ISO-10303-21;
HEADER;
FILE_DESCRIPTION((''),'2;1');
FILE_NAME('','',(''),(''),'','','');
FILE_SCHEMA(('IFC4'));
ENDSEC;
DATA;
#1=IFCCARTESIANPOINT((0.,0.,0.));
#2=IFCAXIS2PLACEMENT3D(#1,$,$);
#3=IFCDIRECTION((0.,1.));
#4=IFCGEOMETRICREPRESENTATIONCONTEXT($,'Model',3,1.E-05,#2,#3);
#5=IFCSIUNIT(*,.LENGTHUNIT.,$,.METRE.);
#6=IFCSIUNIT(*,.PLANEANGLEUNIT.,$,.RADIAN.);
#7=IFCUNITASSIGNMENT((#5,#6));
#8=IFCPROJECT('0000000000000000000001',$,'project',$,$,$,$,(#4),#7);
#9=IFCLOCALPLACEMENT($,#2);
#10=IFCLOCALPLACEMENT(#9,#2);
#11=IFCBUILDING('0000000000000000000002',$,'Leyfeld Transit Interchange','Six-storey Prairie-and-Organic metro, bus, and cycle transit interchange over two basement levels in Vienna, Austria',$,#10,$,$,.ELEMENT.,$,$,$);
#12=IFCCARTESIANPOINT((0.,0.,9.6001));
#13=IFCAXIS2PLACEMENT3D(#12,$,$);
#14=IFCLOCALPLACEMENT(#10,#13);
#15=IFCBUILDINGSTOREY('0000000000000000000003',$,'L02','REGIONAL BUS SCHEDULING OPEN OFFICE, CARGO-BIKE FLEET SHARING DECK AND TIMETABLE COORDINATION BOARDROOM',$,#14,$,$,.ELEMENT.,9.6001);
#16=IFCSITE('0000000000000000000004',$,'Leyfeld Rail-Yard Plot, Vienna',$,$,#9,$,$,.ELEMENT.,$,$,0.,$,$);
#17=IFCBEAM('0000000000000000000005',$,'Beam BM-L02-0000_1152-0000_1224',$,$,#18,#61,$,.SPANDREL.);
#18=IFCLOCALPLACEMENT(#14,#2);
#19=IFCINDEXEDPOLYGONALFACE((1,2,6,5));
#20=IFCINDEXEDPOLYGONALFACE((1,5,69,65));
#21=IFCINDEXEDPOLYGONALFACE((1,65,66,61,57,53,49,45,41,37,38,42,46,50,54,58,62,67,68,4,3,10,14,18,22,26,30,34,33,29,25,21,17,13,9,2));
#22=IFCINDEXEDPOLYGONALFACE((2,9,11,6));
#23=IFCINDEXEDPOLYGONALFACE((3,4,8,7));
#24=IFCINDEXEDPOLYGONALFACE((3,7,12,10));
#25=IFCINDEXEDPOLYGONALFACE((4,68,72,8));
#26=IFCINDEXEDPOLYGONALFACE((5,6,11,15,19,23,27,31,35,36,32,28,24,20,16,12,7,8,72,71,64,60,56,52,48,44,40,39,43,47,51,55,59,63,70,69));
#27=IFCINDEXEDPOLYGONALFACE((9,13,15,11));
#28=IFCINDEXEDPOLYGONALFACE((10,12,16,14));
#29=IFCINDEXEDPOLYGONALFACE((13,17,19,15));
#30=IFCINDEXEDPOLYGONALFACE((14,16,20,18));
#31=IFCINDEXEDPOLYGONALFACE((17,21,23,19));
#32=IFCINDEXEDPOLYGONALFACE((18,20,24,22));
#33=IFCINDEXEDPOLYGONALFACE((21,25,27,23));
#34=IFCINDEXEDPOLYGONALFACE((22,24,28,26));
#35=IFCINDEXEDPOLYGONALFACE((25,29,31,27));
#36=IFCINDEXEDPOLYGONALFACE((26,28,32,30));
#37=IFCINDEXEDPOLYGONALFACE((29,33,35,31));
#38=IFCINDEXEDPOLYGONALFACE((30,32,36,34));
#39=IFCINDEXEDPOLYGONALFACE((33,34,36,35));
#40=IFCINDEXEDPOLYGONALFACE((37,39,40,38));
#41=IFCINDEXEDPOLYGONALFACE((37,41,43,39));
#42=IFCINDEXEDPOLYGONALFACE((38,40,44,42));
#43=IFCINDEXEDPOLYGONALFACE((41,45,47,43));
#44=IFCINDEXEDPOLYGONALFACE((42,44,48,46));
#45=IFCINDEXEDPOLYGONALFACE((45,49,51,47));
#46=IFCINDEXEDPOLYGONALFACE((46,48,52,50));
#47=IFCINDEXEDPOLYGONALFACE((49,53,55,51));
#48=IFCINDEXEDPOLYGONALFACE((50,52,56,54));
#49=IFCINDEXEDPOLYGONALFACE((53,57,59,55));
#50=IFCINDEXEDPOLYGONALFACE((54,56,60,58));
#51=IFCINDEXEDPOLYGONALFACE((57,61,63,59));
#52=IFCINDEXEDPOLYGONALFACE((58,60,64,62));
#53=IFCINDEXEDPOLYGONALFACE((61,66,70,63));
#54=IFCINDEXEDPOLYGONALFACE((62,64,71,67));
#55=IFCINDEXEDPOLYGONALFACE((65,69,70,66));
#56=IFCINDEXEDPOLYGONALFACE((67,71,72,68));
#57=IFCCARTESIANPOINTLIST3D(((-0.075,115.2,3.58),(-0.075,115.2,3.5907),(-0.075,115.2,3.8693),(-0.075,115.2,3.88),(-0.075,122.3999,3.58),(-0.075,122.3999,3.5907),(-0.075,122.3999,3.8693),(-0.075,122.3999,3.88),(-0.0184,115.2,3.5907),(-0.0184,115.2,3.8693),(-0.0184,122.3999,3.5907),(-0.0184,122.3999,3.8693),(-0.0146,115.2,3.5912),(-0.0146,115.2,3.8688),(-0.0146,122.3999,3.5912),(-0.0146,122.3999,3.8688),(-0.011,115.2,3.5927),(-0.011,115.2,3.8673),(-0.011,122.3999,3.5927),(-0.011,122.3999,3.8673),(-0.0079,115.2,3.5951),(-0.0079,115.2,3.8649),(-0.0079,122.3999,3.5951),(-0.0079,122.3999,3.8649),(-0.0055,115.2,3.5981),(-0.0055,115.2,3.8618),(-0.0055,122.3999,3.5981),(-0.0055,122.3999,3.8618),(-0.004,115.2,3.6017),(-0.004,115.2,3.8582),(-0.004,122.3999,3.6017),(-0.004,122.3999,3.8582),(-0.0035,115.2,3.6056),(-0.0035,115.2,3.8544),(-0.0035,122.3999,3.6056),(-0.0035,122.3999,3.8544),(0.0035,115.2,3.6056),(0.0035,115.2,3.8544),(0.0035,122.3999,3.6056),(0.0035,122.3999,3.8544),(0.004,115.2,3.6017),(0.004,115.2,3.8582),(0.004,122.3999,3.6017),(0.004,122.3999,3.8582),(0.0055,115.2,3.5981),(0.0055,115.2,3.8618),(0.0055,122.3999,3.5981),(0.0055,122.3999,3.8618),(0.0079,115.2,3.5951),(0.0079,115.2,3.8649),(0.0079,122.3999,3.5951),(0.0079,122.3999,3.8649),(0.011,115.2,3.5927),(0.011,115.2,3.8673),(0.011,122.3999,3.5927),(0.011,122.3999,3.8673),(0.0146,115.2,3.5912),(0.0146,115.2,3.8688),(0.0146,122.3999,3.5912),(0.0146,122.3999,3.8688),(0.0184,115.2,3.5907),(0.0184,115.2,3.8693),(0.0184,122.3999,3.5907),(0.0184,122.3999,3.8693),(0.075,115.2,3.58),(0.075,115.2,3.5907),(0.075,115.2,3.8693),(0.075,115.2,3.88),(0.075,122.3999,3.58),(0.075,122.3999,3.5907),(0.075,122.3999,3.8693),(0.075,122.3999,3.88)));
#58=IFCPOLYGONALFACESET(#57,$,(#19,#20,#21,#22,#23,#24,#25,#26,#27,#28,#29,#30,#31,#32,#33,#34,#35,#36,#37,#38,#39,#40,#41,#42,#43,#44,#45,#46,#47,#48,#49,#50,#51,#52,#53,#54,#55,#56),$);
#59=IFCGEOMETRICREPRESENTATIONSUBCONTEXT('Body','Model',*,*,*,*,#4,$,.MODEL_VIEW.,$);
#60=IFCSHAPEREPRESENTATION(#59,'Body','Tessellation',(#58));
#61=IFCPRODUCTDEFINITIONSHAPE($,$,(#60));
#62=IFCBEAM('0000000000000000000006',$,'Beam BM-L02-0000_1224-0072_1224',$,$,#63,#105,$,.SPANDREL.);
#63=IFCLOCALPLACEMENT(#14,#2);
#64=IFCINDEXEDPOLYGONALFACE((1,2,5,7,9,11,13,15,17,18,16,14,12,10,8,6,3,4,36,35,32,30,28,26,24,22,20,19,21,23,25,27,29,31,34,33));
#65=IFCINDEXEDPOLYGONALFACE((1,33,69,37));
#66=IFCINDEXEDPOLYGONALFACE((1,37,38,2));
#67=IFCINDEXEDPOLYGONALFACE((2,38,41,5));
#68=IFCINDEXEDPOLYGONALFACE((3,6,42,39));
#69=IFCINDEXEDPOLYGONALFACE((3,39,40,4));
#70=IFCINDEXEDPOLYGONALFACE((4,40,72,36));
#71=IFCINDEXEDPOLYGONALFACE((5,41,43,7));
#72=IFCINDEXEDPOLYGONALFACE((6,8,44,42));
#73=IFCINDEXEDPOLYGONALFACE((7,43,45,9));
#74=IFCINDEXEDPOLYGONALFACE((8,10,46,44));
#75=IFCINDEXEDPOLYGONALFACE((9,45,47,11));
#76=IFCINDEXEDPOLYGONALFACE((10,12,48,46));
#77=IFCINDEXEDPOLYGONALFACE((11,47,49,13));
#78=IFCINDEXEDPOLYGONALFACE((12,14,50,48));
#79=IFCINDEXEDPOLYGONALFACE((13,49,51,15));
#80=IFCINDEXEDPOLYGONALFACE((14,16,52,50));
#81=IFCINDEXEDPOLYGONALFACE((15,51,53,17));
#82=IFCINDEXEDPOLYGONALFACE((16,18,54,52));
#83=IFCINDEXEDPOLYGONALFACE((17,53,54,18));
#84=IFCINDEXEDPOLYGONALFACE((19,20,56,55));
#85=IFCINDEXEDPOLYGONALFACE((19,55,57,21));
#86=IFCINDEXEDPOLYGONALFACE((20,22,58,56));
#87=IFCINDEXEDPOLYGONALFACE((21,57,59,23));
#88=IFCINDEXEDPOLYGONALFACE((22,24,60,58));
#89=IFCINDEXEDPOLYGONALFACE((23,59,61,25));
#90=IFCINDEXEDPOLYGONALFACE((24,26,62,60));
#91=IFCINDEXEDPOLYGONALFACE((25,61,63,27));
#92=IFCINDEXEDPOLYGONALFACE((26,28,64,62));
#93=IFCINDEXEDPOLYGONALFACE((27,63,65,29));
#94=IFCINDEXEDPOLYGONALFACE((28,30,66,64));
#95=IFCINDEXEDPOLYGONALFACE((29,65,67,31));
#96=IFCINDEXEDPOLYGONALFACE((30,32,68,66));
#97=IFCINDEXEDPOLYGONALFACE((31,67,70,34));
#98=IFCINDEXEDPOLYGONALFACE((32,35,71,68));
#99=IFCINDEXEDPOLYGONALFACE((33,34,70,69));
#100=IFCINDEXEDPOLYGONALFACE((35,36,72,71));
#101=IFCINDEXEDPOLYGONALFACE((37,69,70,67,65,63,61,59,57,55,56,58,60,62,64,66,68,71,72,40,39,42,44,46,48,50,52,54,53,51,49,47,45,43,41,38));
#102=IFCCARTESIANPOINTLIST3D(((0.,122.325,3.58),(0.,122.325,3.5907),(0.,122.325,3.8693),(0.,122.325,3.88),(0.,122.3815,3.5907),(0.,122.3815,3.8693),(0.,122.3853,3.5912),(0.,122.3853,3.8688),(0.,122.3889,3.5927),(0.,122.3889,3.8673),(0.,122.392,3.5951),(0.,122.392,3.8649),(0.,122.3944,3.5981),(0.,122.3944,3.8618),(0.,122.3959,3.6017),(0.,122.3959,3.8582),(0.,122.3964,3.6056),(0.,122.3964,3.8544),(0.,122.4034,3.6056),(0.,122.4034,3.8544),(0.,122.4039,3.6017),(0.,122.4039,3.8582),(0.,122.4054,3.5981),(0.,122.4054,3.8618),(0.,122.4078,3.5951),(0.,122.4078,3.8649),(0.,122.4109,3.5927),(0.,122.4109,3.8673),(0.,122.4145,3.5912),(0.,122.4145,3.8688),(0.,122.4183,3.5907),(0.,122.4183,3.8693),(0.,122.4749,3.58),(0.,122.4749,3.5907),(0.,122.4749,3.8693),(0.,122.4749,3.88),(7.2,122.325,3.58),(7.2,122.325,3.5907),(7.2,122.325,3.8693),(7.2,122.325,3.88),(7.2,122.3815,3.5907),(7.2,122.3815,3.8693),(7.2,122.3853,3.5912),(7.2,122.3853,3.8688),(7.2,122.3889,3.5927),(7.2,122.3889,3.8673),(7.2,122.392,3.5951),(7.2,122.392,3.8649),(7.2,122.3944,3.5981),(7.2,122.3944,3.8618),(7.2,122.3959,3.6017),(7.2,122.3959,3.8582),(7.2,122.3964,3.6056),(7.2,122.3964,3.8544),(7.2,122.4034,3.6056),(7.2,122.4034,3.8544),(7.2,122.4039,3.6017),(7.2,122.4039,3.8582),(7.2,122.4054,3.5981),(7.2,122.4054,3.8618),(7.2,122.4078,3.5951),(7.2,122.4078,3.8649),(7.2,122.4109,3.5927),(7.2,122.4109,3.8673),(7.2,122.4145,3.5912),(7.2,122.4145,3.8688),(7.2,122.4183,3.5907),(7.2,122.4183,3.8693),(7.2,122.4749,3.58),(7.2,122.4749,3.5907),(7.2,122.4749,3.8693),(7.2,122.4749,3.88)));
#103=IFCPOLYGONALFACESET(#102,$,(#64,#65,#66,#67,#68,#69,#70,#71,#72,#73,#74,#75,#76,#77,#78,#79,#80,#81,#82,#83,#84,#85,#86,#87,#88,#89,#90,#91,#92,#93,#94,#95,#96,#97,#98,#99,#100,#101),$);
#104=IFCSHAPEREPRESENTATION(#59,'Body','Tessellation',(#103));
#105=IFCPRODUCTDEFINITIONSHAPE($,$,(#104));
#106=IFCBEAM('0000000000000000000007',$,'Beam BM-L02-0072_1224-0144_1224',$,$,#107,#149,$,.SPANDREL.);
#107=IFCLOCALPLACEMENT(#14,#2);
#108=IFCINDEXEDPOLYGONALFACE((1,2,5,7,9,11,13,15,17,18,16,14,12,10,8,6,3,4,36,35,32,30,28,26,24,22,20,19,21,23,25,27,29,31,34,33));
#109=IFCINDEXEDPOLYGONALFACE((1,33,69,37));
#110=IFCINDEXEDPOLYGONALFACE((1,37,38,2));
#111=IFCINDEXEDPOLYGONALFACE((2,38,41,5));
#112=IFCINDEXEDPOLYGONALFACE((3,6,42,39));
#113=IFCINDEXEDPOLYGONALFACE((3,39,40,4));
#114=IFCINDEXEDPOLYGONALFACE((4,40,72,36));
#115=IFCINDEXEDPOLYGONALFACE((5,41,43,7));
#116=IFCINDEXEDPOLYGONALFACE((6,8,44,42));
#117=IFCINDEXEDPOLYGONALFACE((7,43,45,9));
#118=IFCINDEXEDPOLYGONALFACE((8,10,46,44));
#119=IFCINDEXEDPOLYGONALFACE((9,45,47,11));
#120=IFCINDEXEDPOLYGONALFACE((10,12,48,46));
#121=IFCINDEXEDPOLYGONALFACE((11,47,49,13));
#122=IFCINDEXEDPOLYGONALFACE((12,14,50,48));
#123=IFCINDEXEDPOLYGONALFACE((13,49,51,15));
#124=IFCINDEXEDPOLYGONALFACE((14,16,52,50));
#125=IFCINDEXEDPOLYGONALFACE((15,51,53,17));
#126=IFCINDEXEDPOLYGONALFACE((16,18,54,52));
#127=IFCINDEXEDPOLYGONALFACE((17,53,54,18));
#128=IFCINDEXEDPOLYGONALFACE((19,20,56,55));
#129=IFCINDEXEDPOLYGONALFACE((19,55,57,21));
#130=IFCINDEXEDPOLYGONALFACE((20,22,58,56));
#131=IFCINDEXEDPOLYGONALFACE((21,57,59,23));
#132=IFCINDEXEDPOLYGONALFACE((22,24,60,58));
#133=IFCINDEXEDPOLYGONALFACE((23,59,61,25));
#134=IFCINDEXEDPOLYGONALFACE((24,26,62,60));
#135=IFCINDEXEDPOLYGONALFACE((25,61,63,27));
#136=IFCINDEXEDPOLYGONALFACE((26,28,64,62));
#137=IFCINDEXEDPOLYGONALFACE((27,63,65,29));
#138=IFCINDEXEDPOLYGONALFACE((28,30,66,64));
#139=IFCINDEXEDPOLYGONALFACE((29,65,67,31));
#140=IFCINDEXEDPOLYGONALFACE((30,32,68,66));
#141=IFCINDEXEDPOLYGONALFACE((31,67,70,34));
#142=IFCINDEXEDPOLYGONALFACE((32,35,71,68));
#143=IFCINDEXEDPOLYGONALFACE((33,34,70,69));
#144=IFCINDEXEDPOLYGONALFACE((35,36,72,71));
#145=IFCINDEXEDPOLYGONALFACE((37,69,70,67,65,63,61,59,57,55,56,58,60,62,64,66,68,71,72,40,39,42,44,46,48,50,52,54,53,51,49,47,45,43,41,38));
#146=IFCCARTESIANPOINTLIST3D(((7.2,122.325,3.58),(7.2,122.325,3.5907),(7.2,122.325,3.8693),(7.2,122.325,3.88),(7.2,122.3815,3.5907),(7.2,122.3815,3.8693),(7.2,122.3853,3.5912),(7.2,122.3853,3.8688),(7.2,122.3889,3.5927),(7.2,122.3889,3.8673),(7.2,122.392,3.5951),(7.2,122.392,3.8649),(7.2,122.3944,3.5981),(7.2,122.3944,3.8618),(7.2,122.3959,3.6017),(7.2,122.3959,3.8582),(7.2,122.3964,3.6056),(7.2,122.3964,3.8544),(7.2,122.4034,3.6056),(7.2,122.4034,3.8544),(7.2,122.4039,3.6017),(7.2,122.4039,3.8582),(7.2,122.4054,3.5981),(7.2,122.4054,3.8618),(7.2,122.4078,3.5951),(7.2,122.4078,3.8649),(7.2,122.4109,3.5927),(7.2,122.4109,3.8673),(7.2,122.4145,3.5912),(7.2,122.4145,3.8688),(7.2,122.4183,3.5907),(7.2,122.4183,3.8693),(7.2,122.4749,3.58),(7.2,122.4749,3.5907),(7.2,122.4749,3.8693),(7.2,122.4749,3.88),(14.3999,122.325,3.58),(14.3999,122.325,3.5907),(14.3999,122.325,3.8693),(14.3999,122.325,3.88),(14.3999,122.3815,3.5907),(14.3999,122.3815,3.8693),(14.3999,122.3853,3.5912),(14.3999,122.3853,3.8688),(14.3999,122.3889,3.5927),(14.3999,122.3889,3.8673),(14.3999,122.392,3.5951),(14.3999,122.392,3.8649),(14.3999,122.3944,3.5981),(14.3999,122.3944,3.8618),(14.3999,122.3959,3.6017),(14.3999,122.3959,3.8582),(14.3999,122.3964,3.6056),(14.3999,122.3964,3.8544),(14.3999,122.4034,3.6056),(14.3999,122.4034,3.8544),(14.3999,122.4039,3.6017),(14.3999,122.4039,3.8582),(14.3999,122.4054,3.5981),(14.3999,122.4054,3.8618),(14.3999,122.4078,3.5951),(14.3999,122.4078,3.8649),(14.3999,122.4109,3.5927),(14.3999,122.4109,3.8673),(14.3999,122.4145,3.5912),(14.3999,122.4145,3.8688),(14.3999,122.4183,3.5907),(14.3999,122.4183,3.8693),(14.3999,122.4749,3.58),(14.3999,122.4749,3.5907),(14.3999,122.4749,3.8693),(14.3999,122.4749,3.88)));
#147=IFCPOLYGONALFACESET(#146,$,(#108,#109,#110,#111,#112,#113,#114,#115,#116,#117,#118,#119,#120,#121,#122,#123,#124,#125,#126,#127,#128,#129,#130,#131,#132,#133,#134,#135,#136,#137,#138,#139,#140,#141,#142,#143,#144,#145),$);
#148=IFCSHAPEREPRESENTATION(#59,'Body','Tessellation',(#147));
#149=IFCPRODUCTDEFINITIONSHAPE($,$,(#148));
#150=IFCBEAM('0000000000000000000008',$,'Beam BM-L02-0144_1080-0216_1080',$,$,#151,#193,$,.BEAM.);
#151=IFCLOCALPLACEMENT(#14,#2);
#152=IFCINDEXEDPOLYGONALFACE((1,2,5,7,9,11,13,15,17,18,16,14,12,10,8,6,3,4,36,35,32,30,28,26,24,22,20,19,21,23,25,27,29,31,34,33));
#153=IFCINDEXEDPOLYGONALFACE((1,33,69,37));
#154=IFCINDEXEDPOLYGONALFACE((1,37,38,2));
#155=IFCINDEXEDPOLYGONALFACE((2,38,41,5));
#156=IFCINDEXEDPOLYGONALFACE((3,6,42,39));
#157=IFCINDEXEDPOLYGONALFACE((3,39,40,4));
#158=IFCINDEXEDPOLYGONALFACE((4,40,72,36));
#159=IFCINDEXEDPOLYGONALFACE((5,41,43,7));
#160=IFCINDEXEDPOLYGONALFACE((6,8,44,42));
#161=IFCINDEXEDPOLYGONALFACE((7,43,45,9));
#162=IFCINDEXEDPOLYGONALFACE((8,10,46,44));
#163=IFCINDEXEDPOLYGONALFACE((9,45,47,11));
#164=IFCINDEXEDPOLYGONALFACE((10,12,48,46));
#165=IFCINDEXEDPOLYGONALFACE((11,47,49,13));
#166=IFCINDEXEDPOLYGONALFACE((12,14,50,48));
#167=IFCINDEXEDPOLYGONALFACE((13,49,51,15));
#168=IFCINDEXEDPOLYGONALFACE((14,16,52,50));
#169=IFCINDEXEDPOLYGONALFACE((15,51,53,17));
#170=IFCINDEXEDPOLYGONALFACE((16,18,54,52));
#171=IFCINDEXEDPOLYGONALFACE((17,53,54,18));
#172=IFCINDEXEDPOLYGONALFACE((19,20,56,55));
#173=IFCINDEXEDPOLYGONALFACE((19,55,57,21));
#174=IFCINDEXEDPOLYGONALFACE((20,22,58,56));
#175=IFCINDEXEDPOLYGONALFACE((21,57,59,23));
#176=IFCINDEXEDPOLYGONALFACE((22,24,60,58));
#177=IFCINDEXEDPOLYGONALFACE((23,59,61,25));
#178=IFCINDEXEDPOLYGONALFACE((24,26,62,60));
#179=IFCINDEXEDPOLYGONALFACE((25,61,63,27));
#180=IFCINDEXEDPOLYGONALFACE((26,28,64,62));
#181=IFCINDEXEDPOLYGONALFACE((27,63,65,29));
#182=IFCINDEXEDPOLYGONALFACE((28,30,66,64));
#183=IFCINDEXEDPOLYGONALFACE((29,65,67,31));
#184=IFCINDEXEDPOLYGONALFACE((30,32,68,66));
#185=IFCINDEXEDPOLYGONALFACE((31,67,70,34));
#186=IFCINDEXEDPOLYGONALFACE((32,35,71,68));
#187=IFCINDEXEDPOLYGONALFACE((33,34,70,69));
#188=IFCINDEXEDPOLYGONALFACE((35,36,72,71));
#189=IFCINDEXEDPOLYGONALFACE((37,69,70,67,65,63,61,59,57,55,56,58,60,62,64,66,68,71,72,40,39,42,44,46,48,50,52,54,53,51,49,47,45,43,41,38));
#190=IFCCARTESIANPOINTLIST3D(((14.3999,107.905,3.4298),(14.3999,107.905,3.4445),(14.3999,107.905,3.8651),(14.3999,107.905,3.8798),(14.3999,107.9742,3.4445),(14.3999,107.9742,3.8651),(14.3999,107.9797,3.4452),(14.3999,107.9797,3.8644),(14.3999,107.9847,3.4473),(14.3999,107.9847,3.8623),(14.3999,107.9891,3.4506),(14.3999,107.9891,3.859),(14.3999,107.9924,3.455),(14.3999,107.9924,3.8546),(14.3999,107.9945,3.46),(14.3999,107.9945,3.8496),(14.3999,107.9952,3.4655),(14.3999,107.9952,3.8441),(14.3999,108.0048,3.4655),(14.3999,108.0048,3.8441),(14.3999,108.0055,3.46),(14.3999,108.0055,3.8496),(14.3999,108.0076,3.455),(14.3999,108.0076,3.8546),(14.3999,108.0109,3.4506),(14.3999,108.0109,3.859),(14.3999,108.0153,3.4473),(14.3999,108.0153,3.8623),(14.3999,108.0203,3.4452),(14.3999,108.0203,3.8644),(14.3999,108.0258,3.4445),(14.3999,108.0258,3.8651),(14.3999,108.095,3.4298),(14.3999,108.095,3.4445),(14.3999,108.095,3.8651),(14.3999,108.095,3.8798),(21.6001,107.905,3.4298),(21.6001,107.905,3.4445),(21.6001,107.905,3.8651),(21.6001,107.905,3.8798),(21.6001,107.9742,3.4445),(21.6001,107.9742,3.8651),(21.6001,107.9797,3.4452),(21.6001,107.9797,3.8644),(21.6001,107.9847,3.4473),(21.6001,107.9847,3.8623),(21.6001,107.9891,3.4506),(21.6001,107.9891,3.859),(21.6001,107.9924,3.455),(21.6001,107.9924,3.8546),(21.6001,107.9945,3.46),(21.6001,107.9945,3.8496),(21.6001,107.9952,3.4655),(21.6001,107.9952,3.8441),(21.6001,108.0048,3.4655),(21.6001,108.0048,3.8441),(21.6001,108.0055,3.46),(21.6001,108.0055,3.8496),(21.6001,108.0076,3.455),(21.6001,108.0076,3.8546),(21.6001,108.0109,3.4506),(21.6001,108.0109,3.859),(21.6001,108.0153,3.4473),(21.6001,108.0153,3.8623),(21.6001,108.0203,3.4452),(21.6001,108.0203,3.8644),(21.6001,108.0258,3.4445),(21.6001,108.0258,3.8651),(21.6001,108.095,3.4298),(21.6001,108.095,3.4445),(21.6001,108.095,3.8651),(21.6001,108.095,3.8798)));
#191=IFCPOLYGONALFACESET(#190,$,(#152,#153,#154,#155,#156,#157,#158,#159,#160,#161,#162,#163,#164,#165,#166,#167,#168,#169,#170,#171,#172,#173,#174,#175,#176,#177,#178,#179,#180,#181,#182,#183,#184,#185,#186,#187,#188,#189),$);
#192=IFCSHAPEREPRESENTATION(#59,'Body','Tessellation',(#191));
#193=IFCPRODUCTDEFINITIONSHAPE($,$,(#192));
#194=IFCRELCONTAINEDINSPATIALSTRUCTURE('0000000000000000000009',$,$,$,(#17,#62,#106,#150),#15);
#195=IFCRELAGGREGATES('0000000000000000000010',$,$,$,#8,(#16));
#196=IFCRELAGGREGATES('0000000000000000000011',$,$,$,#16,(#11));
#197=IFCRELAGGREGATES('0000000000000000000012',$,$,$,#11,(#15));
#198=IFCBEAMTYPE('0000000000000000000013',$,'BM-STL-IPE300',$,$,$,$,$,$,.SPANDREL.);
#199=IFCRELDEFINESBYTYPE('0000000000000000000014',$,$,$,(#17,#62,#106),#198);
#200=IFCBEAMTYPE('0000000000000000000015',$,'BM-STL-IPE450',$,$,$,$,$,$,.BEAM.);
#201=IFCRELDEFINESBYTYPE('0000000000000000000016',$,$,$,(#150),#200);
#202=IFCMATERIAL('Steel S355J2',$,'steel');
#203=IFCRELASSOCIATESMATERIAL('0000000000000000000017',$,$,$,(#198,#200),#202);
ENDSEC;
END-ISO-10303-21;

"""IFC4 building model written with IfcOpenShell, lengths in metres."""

from ifc_helpers import new_model, si_unit, direction, frame, origin, origin_2d, place, context, subcontext, project, spatial, i_section, extrude, material, material_profile, profile_set, type_object, element, save


model = new_model("IFC4")

# Units and contexts
model_context = context("Model", 3, precision=1e-05, world=origin(), true_north=direction((0.0, 1.0)))
body_context = subcontext(model_context, "Body", "Model", "MODEL_VIEW")
ifc_project = project(units=[si_unit("LENGTHUNIT", "METRE"), si_unit("PLANEANGLEUNIT", "RADIAN")], contexts=[model_context])

# Site, building, storey
site_placement = place(None, origin())
site = spatial("IfcSite", under=ifc_project, at=site_placement, Name="Leyfeld Rail-Yard Plot, Vienna", CompositionType="ELEMENT", RefElevation=0.0)
building_placement = place(site_placement, origin())
building = spatial("IfcBuilding", under=site, at=building_placement, Name="Leyfeld Transit Interchange", Description="Six-storey Prairie-and-Organic metro, bus, and cycle transit interchange over two basement levels in Vienna, Austria", CompositionType="ELEMENT")
storey_placement = place(building_placement, frame((0.0, 0.0, 9.6001)))
storey = spatial("IfcBuildingStorey", under=building, at=storey_placement, Name="L02", Description="REGIONAL BUS SCHEDULING OPEN OFFICE, CARGO-BIKE FLEET SHARING DECK AND TIMETABLE COORDINATION BOARDROOM", CompositionType="ELEMENT", Elevation=9.6001)

# Beams
ifc_material_1 = material(Name="Steel S355J2", Category="steel")
ifc_material_profile_1 = material_profile(ifc_material_1, i_section(OverallWidth=0.1499, OverallDepth=0.3, WebThickness=0.0071, FlangeThickness=0.0107, FilletRadius=0.0149, at=origin_2d()), Name="IPE 300")
ifc_profile_set_1 = profile_set([ifc_material_profile_1], Name="Steel S355J2")
beam_type_1 = type_object("IfcBeamType", Name="BM-STL-IPE300", PredefinedType="SPANDREL", material=ifc_profile_set_1)
for number, where, z_axis, x_axis, name in (
    (1, (0.0, 115.2, 3.73), (0.0, 1.0, 0.0), (-1.0, 0.0, 0.0), "Beam BM-L02-0000_1152-0000_1224"),
    (2, (0.0, 122.3999, 3.73), (1.0, 0.0, 0.0), (0.0, 1.0, 0.0), "Beam BM-L02-0000_1224-0072_1224"),
    (3, (7.2, 122.3999, 3.73), (1.0, 0.0, 0.0), (0.0, 1.0, 0.0), "Beam BM-L02-0072_1224-0144_1224"),
):
    element("IfcBeam", number, at=place(storey_placement, frame(where, z_axis=z_axis, x_axis=x_axis)), inside=storey, type_object=beam_type_1, Name=name, PredefinedType="SPANDREL", context=body_context, shape_type="SweptSolid", body=[
        extrude(i_section(OverallWidth=0.1499, OverallDepth=0.3, WebThickness=0.0071, FlangeThickness=0.0107, FilletRadius=0.0149, at=origin_2d()), origin(), (0.0, 0.0, 1.0), 7.2),
    ])
ifc_material_profile_2 = material_profile(ifc_material_1, i_section(OverallWidth=0.1899, OverallDepth=0.45, WebThickness=0.0095, FlangeThickness=0.0146, FilletRadius=0.021, at=origin_2d()), Name="IPE 450")
ifc_profile_set_2 = profile_set([ifc_material_profile_2], Name="Steel S355J2")
beam_type_2 = type_object("IfcBeamType", Name="BM-STL-IPE450", PredefinedType="BEAM", material=ifc_profile_set_2)
beam_1_placement = place(storey_placement, frame((14.3999, 108.0, 3.6548), z_axis=(1.0, 0.0, 0.0), x_axis=(0.0, 1.0, 0.0)))
element("IfcBeam", 4, at=beam_1_placement, inside=storey, type_object=beam_type_2, Name="Beam BM-L02-0144_1080-0216_1080", PredefinedType="BEAM", context=body_context, shape_type="SweptSolid", body=[
    extrude(i_section(OverallWidth=0.1899, OverallDepth=0.45, WebThickness=0.0095, FlangeThickness=0.0146, FilletRadius=0.021, at=origin_2d()), origin(), (0.0, 0.0, 1.0), 7.2002),
])

save(model, "model.ifc")
